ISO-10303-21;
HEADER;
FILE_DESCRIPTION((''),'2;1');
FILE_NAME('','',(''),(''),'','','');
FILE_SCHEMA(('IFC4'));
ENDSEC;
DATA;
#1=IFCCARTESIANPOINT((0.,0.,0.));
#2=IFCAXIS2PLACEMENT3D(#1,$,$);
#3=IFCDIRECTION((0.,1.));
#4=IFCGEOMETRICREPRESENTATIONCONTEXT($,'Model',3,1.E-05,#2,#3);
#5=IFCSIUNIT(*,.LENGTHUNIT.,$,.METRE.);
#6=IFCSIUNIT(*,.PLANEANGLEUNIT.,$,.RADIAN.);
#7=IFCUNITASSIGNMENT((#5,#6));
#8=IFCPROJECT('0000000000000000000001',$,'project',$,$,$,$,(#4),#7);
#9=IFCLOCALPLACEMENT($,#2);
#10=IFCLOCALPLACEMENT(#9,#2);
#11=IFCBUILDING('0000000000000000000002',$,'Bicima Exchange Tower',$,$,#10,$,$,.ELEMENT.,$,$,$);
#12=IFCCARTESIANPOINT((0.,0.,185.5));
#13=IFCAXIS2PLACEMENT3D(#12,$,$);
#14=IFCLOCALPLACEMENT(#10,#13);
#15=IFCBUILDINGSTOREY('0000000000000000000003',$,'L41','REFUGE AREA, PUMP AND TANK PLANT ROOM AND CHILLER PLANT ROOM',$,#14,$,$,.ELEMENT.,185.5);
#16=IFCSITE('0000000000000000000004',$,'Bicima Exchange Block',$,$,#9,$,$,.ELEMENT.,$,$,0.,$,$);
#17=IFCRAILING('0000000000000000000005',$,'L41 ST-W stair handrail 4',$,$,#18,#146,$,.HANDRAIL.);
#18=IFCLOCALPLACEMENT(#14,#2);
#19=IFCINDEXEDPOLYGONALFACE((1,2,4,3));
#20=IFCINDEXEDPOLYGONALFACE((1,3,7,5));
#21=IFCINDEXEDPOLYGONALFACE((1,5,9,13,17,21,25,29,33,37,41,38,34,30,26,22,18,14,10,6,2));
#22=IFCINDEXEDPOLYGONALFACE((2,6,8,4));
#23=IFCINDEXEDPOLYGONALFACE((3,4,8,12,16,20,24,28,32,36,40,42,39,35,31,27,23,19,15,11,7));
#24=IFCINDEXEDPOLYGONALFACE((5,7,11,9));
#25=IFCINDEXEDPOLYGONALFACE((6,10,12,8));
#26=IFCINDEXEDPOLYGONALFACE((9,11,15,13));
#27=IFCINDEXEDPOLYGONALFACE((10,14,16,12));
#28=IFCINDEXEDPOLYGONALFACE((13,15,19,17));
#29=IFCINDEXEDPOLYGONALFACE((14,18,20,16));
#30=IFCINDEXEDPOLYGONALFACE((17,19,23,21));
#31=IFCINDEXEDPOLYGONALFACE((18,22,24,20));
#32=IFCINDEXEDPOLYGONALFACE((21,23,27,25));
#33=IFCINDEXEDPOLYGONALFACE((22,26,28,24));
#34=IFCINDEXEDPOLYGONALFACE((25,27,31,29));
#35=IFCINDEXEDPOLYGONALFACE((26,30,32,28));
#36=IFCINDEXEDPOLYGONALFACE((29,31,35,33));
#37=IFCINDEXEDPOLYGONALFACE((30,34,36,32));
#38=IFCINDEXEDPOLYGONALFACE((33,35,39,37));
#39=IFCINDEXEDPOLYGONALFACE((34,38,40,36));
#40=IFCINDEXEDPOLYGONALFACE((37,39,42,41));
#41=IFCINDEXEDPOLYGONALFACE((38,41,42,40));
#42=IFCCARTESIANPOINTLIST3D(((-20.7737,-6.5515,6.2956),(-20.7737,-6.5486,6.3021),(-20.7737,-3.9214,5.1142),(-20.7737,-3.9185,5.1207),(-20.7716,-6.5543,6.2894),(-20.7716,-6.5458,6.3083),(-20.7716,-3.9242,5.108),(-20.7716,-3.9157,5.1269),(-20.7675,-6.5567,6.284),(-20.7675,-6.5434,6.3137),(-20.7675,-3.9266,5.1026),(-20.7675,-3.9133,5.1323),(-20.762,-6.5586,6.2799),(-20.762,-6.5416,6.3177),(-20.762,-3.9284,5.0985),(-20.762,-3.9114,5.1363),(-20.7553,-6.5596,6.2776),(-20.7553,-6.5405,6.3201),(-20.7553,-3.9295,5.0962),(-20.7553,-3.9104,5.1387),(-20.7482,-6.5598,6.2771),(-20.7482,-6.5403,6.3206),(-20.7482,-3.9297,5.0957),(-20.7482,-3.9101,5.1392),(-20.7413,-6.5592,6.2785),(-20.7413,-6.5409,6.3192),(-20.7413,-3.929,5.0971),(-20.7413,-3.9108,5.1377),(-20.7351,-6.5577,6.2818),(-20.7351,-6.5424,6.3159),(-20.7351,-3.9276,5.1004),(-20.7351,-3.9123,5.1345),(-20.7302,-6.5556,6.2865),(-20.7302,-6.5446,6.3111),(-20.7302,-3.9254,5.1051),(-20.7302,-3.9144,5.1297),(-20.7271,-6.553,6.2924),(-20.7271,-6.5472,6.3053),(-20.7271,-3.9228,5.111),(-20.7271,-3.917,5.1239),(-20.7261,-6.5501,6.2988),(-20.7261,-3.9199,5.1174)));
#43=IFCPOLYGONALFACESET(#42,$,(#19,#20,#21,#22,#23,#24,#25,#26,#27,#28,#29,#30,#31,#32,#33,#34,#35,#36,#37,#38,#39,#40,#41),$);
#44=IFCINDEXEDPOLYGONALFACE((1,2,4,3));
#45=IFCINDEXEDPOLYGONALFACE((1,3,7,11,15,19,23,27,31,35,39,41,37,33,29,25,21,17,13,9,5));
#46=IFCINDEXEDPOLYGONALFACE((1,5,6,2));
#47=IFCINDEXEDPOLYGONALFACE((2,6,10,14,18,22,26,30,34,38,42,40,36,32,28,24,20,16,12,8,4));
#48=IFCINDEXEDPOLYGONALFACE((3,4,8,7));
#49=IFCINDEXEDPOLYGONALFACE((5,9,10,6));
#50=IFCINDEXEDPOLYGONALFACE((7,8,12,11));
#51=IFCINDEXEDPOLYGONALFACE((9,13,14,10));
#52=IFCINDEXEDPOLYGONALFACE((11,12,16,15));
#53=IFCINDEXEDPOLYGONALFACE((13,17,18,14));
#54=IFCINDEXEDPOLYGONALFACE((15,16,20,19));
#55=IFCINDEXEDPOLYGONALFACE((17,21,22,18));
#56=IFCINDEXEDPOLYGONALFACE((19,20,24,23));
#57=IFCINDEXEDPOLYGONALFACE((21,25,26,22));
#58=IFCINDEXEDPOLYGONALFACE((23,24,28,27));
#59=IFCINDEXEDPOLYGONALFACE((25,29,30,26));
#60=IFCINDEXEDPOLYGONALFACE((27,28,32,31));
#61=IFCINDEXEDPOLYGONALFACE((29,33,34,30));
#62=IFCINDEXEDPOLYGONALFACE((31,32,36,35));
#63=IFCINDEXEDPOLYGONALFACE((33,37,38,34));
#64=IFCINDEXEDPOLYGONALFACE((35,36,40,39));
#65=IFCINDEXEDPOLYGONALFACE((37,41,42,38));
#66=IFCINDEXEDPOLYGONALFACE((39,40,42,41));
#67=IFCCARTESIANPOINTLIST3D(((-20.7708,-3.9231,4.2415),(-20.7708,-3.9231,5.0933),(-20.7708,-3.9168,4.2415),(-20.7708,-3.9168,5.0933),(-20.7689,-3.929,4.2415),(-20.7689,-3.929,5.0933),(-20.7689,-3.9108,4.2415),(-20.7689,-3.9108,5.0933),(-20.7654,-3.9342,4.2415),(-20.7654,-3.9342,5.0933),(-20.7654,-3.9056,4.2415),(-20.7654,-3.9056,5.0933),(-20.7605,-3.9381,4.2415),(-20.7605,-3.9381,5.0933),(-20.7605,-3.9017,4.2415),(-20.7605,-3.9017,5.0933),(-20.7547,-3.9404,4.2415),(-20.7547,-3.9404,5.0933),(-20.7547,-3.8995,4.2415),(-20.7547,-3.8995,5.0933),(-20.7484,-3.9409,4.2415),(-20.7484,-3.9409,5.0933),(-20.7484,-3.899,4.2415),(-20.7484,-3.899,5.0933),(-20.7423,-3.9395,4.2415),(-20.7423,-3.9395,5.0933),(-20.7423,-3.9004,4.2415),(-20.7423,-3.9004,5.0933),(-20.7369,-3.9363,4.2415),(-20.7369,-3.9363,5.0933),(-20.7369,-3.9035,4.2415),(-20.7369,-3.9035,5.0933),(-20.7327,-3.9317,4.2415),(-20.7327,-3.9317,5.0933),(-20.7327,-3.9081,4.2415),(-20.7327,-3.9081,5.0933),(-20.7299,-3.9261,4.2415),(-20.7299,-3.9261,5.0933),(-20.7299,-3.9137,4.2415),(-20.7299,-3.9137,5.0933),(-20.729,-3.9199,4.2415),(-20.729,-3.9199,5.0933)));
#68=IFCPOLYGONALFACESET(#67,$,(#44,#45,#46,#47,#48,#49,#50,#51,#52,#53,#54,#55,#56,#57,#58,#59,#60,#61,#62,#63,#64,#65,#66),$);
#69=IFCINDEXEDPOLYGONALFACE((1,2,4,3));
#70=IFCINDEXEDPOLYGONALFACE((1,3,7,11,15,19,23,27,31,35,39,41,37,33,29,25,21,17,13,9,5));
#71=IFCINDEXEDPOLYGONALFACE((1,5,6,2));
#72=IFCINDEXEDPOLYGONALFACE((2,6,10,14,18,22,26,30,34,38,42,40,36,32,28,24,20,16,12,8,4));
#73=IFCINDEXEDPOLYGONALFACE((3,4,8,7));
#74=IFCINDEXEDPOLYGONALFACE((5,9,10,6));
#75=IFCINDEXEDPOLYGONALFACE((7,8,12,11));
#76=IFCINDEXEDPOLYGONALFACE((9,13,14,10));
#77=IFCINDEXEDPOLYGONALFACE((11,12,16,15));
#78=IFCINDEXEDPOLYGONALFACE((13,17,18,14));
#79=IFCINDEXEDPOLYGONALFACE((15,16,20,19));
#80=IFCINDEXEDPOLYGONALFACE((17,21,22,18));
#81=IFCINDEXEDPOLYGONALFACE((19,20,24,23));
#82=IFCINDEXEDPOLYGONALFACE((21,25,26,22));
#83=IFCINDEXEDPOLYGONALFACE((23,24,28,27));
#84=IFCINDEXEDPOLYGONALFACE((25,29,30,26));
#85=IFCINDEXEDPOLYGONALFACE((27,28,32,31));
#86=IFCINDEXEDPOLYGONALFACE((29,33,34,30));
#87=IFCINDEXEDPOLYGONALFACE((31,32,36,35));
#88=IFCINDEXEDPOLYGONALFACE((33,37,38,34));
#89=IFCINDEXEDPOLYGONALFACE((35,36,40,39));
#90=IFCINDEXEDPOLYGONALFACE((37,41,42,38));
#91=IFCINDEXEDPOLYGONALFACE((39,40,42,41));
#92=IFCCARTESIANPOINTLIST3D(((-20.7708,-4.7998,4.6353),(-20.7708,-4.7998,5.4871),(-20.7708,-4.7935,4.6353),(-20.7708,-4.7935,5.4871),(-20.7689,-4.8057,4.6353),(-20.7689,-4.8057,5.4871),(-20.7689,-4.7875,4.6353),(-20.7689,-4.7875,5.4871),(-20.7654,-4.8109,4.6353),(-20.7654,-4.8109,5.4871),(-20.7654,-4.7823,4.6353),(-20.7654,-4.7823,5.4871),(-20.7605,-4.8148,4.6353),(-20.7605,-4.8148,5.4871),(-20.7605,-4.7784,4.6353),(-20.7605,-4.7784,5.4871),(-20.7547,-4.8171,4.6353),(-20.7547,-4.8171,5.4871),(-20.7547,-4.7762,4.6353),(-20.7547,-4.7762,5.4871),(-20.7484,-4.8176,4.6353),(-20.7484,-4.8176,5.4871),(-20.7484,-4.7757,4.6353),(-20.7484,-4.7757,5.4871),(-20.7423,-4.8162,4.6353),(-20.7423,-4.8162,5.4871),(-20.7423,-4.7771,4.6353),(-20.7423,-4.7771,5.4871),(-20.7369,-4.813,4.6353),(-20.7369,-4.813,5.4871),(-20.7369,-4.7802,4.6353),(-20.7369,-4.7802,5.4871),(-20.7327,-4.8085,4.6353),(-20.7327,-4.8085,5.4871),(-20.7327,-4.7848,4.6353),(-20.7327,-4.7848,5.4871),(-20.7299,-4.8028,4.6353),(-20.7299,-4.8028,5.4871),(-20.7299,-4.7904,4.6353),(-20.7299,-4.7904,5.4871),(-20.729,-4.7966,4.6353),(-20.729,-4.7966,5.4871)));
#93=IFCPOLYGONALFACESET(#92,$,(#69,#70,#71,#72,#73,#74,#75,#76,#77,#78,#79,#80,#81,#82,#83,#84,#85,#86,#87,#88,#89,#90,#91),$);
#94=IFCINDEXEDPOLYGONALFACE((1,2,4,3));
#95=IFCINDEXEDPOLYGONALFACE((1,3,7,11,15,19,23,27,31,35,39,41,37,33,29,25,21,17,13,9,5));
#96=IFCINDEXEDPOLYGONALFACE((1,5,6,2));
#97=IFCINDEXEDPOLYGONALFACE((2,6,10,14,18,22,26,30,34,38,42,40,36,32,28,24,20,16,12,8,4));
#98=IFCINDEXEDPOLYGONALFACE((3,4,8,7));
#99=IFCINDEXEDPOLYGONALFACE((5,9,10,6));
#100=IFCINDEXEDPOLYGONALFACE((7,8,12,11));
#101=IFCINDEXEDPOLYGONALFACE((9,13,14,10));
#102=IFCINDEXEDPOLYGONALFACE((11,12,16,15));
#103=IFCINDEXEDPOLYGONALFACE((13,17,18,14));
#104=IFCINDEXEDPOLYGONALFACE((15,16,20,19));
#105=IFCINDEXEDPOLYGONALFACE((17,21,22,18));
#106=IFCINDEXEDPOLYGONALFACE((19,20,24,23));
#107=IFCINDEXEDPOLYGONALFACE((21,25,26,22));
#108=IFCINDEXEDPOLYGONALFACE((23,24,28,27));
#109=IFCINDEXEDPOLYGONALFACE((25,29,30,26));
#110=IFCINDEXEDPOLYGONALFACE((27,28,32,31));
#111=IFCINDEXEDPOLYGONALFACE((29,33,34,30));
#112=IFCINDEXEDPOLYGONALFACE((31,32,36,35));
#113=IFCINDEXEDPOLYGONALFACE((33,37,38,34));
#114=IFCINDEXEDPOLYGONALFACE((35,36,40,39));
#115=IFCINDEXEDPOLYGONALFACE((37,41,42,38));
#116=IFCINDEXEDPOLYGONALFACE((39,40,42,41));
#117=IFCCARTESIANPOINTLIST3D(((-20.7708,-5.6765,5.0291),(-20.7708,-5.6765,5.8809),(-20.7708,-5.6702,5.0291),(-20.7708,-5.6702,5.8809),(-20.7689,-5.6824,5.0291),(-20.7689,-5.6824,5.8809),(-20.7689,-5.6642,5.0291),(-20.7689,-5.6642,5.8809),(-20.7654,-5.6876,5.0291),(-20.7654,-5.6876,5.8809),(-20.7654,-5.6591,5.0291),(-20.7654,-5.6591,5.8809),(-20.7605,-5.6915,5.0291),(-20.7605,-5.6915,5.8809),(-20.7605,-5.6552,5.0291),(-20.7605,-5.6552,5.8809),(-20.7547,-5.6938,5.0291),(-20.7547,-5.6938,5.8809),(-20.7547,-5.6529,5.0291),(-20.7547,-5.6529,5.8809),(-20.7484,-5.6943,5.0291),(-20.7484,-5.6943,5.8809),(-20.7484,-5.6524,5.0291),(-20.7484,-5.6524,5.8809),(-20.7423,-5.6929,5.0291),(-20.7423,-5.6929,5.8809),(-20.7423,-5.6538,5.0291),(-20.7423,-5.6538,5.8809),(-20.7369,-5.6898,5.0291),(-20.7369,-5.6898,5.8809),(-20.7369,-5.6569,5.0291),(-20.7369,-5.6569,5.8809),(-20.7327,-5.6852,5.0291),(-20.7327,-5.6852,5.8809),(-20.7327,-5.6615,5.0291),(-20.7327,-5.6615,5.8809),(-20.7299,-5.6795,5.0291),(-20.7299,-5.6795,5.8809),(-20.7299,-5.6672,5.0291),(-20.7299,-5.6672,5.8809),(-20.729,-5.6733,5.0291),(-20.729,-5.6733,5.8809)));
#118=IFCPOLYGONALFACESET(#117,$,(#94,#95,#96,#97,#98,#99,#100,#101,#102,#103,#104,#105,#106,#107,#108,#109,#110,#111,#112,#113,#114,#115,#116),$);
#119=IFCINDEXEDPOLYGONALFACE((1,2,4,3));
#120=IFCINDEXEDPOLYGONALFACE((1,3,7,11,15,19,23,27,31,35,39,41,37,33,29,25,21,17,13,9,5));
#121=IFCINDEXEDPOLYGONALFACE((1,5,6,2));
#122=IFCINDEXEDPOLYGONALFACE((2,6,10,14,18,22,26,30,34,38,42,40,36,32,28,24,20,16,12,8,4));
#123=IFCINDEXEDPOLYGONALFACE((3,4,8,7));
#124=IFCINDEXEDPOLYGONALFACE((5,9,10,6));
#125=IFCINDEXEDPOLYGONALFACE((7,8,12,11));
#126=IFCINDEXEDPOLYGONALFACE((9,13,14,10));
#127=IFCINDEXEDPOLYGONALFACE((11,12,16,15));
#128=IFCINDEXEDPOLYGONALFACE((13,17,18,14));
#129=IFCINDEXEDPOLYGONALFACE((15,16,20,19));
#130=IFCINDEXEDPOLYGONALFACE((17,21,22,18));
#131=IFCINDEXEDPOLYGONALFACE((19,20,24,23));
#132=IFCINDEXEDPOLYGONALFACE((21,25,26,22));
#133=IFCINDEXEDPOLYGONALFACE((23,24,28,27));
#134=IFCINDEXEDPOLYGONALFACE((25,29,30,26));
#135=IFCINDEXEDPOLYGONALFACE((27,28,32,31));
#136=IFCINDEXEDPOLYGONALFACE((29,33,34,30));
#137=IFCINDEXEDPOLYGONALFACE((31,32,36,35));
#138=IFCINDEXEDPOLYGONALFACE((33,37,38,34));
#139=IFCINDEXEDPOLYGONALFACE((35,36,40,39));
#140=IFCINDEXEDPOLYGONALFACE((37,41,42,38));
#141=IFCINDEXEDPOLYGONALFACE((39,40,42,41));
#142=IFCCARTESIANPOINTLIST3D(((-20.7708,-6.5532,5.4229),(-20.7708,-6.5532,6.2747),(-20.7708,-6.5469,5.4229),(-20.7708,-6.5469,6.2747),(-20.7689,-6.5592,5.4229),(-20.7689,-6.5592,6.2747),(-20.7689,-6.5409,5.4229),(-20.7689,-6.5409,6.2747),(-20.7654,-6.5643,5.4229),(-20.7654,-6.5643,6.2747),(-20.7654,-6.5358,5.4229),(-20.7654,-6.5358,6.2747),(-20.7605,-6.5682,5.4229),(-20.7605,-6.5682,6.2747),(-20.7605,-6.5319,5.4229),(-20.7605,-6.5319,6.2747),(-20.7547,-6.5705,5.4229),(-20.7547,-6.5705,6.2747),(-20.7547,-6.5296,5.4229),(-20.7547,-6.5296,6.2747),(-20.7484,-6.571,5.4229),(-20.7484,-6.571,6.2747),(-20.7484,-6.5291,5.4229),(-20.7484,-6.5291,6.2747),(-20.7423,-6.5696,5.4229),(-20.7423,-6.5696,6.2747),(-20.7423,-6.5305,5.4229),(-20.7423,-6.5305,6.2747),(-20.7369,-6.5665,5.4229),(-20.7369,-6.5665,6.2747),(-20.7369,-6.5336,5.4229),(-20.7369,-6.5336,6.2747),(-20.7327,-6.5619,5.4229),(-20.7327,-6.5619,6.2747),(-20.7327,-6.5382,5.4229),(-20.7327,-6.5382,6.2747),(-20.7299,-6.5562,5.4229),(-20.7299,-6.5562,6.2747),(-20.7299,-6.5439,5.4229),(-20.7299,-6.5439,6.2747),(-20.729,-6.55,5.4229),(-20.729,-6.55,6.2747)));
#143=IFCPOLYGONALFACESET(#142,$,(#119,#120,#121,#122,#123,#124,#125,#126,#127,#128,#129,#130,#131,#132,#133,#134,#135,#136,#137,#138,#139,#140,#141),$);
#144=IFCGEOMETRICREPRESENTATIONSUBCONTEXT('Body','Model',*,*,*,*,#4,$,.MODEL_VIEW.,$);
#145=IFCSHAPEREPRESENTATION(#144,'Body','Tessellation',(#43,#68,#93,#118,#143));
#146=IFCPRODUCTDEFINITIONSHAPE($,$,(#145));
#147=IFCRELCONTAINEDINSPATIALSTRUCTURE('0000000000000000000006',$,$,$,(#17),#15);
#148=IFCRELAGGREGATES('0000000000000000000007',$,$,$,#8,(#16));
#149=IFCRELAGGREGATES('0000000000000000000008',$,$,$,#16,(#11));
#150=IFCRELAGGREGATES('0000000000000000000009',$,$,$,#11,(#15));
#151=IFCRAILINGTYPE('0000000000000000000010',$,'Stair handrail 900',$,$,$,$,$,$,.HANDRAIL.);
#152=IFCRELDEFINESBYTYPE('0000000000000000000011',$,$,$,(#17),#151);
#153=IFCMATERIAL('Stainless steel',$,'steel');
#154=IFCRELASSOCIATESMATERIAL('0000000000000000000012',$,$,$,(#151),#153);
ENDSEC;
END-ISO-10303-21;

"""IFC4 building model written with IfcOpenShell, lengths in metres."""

from ifc_helpers import new_model, si_unit, direction, frame, origin, origin_2d, place, context, subcontext, project, spatial, circle, extrude, material, type_object, element, save


model = new_model("IFC4")

# Units and contexts
model_context = context("Model", 3, precision=1e-05, world=origin(), true_north=direction((0.0, 1.0)))
body_context = subcontext(model_context, "Body", "Model", "MODEL_VIEW")
ifc_project = project(units=[si_unit("LENGTHUNIT", "METRE"), si_unit("PLANEANGLEUNIT", "RADIAN")], contexts=[model_context])

# Site, building, storey
site_placement = place(None, origin())
site = spatial("IfcSite", under=ifc_project, at=site_placement, Name="Bicima Exchange Block", CompositionType="ELEMENT", RefElevation=0.0)
building_placement = place(site_placement, origin())
building = spatial("IfcBuilding", under=site, at=building_placement, Name="Bicima Exchange Tower", CompositionType="ELEMENT")
storey_placement = place(building_placement, frame((0.0, 0.0, 185.5)))
storey = spatial("IfcBuildingStorey", under=building, at=storey_placement, Name="L41", Description="REFUGE AREA, PUMP AND TANK PLANT ROOM AND CHILLER PLANT ROOM", CompositionType="ELEMENT", Elevation=185.5)

# Shared definitions
ifc_material_1 = material(Name="Stainless steel", Category="steel")

# Railing
railing_type = type_object("IfcRailingType", Name="Stair handrail 900", PredefinedType="HANDRAIL", material=ifc_material_1)
railing_1_placement = place(storey_placement, frame((-20.75, -3.9199, 4.2415)))
element("IfcRailing", 1, at=railing_1_placement, inside=storey, type_object=railing_type, Name="L41 ST-W stair handrail 4", PredefinedType="HANDRAIL", context=body_context, shape_type="SweptSolid", body=[
    extrude(circle(Radius=0.0239, at=origin_2d()), frame((0.0, 0.0, 0.876), z_axis=(0.0, -0.912202, 0.409741), x_axis=(1.0, 0.0, 0.0)), (0.0, 0.0, 1.0), 2.8833),
    extrude(circle(Radius=0.021, at=origin_2d()), origin(), (0.0, 0.0, 1.0), 0.8518),
    extrude(circle(Radius=0.021, at=origin_2d()), frame((0.0, -0.8767, 0.3938)), (0.0, 0.0, 1.0), 0.8518),
    extrude(circle(Radius=0.021, at=origin_2d()), frame((0.0, -1.7534, 0.7876)), (0.0, 0.0, 1.0), 0.8518),
    extrude(circle(Radius=0.021, at=origin_2d()), frame((0.0, -2.6301, 1.1814)), (0.0, 0.0, 1.0), 0.8518),
])

save(model, "model.ifc")
